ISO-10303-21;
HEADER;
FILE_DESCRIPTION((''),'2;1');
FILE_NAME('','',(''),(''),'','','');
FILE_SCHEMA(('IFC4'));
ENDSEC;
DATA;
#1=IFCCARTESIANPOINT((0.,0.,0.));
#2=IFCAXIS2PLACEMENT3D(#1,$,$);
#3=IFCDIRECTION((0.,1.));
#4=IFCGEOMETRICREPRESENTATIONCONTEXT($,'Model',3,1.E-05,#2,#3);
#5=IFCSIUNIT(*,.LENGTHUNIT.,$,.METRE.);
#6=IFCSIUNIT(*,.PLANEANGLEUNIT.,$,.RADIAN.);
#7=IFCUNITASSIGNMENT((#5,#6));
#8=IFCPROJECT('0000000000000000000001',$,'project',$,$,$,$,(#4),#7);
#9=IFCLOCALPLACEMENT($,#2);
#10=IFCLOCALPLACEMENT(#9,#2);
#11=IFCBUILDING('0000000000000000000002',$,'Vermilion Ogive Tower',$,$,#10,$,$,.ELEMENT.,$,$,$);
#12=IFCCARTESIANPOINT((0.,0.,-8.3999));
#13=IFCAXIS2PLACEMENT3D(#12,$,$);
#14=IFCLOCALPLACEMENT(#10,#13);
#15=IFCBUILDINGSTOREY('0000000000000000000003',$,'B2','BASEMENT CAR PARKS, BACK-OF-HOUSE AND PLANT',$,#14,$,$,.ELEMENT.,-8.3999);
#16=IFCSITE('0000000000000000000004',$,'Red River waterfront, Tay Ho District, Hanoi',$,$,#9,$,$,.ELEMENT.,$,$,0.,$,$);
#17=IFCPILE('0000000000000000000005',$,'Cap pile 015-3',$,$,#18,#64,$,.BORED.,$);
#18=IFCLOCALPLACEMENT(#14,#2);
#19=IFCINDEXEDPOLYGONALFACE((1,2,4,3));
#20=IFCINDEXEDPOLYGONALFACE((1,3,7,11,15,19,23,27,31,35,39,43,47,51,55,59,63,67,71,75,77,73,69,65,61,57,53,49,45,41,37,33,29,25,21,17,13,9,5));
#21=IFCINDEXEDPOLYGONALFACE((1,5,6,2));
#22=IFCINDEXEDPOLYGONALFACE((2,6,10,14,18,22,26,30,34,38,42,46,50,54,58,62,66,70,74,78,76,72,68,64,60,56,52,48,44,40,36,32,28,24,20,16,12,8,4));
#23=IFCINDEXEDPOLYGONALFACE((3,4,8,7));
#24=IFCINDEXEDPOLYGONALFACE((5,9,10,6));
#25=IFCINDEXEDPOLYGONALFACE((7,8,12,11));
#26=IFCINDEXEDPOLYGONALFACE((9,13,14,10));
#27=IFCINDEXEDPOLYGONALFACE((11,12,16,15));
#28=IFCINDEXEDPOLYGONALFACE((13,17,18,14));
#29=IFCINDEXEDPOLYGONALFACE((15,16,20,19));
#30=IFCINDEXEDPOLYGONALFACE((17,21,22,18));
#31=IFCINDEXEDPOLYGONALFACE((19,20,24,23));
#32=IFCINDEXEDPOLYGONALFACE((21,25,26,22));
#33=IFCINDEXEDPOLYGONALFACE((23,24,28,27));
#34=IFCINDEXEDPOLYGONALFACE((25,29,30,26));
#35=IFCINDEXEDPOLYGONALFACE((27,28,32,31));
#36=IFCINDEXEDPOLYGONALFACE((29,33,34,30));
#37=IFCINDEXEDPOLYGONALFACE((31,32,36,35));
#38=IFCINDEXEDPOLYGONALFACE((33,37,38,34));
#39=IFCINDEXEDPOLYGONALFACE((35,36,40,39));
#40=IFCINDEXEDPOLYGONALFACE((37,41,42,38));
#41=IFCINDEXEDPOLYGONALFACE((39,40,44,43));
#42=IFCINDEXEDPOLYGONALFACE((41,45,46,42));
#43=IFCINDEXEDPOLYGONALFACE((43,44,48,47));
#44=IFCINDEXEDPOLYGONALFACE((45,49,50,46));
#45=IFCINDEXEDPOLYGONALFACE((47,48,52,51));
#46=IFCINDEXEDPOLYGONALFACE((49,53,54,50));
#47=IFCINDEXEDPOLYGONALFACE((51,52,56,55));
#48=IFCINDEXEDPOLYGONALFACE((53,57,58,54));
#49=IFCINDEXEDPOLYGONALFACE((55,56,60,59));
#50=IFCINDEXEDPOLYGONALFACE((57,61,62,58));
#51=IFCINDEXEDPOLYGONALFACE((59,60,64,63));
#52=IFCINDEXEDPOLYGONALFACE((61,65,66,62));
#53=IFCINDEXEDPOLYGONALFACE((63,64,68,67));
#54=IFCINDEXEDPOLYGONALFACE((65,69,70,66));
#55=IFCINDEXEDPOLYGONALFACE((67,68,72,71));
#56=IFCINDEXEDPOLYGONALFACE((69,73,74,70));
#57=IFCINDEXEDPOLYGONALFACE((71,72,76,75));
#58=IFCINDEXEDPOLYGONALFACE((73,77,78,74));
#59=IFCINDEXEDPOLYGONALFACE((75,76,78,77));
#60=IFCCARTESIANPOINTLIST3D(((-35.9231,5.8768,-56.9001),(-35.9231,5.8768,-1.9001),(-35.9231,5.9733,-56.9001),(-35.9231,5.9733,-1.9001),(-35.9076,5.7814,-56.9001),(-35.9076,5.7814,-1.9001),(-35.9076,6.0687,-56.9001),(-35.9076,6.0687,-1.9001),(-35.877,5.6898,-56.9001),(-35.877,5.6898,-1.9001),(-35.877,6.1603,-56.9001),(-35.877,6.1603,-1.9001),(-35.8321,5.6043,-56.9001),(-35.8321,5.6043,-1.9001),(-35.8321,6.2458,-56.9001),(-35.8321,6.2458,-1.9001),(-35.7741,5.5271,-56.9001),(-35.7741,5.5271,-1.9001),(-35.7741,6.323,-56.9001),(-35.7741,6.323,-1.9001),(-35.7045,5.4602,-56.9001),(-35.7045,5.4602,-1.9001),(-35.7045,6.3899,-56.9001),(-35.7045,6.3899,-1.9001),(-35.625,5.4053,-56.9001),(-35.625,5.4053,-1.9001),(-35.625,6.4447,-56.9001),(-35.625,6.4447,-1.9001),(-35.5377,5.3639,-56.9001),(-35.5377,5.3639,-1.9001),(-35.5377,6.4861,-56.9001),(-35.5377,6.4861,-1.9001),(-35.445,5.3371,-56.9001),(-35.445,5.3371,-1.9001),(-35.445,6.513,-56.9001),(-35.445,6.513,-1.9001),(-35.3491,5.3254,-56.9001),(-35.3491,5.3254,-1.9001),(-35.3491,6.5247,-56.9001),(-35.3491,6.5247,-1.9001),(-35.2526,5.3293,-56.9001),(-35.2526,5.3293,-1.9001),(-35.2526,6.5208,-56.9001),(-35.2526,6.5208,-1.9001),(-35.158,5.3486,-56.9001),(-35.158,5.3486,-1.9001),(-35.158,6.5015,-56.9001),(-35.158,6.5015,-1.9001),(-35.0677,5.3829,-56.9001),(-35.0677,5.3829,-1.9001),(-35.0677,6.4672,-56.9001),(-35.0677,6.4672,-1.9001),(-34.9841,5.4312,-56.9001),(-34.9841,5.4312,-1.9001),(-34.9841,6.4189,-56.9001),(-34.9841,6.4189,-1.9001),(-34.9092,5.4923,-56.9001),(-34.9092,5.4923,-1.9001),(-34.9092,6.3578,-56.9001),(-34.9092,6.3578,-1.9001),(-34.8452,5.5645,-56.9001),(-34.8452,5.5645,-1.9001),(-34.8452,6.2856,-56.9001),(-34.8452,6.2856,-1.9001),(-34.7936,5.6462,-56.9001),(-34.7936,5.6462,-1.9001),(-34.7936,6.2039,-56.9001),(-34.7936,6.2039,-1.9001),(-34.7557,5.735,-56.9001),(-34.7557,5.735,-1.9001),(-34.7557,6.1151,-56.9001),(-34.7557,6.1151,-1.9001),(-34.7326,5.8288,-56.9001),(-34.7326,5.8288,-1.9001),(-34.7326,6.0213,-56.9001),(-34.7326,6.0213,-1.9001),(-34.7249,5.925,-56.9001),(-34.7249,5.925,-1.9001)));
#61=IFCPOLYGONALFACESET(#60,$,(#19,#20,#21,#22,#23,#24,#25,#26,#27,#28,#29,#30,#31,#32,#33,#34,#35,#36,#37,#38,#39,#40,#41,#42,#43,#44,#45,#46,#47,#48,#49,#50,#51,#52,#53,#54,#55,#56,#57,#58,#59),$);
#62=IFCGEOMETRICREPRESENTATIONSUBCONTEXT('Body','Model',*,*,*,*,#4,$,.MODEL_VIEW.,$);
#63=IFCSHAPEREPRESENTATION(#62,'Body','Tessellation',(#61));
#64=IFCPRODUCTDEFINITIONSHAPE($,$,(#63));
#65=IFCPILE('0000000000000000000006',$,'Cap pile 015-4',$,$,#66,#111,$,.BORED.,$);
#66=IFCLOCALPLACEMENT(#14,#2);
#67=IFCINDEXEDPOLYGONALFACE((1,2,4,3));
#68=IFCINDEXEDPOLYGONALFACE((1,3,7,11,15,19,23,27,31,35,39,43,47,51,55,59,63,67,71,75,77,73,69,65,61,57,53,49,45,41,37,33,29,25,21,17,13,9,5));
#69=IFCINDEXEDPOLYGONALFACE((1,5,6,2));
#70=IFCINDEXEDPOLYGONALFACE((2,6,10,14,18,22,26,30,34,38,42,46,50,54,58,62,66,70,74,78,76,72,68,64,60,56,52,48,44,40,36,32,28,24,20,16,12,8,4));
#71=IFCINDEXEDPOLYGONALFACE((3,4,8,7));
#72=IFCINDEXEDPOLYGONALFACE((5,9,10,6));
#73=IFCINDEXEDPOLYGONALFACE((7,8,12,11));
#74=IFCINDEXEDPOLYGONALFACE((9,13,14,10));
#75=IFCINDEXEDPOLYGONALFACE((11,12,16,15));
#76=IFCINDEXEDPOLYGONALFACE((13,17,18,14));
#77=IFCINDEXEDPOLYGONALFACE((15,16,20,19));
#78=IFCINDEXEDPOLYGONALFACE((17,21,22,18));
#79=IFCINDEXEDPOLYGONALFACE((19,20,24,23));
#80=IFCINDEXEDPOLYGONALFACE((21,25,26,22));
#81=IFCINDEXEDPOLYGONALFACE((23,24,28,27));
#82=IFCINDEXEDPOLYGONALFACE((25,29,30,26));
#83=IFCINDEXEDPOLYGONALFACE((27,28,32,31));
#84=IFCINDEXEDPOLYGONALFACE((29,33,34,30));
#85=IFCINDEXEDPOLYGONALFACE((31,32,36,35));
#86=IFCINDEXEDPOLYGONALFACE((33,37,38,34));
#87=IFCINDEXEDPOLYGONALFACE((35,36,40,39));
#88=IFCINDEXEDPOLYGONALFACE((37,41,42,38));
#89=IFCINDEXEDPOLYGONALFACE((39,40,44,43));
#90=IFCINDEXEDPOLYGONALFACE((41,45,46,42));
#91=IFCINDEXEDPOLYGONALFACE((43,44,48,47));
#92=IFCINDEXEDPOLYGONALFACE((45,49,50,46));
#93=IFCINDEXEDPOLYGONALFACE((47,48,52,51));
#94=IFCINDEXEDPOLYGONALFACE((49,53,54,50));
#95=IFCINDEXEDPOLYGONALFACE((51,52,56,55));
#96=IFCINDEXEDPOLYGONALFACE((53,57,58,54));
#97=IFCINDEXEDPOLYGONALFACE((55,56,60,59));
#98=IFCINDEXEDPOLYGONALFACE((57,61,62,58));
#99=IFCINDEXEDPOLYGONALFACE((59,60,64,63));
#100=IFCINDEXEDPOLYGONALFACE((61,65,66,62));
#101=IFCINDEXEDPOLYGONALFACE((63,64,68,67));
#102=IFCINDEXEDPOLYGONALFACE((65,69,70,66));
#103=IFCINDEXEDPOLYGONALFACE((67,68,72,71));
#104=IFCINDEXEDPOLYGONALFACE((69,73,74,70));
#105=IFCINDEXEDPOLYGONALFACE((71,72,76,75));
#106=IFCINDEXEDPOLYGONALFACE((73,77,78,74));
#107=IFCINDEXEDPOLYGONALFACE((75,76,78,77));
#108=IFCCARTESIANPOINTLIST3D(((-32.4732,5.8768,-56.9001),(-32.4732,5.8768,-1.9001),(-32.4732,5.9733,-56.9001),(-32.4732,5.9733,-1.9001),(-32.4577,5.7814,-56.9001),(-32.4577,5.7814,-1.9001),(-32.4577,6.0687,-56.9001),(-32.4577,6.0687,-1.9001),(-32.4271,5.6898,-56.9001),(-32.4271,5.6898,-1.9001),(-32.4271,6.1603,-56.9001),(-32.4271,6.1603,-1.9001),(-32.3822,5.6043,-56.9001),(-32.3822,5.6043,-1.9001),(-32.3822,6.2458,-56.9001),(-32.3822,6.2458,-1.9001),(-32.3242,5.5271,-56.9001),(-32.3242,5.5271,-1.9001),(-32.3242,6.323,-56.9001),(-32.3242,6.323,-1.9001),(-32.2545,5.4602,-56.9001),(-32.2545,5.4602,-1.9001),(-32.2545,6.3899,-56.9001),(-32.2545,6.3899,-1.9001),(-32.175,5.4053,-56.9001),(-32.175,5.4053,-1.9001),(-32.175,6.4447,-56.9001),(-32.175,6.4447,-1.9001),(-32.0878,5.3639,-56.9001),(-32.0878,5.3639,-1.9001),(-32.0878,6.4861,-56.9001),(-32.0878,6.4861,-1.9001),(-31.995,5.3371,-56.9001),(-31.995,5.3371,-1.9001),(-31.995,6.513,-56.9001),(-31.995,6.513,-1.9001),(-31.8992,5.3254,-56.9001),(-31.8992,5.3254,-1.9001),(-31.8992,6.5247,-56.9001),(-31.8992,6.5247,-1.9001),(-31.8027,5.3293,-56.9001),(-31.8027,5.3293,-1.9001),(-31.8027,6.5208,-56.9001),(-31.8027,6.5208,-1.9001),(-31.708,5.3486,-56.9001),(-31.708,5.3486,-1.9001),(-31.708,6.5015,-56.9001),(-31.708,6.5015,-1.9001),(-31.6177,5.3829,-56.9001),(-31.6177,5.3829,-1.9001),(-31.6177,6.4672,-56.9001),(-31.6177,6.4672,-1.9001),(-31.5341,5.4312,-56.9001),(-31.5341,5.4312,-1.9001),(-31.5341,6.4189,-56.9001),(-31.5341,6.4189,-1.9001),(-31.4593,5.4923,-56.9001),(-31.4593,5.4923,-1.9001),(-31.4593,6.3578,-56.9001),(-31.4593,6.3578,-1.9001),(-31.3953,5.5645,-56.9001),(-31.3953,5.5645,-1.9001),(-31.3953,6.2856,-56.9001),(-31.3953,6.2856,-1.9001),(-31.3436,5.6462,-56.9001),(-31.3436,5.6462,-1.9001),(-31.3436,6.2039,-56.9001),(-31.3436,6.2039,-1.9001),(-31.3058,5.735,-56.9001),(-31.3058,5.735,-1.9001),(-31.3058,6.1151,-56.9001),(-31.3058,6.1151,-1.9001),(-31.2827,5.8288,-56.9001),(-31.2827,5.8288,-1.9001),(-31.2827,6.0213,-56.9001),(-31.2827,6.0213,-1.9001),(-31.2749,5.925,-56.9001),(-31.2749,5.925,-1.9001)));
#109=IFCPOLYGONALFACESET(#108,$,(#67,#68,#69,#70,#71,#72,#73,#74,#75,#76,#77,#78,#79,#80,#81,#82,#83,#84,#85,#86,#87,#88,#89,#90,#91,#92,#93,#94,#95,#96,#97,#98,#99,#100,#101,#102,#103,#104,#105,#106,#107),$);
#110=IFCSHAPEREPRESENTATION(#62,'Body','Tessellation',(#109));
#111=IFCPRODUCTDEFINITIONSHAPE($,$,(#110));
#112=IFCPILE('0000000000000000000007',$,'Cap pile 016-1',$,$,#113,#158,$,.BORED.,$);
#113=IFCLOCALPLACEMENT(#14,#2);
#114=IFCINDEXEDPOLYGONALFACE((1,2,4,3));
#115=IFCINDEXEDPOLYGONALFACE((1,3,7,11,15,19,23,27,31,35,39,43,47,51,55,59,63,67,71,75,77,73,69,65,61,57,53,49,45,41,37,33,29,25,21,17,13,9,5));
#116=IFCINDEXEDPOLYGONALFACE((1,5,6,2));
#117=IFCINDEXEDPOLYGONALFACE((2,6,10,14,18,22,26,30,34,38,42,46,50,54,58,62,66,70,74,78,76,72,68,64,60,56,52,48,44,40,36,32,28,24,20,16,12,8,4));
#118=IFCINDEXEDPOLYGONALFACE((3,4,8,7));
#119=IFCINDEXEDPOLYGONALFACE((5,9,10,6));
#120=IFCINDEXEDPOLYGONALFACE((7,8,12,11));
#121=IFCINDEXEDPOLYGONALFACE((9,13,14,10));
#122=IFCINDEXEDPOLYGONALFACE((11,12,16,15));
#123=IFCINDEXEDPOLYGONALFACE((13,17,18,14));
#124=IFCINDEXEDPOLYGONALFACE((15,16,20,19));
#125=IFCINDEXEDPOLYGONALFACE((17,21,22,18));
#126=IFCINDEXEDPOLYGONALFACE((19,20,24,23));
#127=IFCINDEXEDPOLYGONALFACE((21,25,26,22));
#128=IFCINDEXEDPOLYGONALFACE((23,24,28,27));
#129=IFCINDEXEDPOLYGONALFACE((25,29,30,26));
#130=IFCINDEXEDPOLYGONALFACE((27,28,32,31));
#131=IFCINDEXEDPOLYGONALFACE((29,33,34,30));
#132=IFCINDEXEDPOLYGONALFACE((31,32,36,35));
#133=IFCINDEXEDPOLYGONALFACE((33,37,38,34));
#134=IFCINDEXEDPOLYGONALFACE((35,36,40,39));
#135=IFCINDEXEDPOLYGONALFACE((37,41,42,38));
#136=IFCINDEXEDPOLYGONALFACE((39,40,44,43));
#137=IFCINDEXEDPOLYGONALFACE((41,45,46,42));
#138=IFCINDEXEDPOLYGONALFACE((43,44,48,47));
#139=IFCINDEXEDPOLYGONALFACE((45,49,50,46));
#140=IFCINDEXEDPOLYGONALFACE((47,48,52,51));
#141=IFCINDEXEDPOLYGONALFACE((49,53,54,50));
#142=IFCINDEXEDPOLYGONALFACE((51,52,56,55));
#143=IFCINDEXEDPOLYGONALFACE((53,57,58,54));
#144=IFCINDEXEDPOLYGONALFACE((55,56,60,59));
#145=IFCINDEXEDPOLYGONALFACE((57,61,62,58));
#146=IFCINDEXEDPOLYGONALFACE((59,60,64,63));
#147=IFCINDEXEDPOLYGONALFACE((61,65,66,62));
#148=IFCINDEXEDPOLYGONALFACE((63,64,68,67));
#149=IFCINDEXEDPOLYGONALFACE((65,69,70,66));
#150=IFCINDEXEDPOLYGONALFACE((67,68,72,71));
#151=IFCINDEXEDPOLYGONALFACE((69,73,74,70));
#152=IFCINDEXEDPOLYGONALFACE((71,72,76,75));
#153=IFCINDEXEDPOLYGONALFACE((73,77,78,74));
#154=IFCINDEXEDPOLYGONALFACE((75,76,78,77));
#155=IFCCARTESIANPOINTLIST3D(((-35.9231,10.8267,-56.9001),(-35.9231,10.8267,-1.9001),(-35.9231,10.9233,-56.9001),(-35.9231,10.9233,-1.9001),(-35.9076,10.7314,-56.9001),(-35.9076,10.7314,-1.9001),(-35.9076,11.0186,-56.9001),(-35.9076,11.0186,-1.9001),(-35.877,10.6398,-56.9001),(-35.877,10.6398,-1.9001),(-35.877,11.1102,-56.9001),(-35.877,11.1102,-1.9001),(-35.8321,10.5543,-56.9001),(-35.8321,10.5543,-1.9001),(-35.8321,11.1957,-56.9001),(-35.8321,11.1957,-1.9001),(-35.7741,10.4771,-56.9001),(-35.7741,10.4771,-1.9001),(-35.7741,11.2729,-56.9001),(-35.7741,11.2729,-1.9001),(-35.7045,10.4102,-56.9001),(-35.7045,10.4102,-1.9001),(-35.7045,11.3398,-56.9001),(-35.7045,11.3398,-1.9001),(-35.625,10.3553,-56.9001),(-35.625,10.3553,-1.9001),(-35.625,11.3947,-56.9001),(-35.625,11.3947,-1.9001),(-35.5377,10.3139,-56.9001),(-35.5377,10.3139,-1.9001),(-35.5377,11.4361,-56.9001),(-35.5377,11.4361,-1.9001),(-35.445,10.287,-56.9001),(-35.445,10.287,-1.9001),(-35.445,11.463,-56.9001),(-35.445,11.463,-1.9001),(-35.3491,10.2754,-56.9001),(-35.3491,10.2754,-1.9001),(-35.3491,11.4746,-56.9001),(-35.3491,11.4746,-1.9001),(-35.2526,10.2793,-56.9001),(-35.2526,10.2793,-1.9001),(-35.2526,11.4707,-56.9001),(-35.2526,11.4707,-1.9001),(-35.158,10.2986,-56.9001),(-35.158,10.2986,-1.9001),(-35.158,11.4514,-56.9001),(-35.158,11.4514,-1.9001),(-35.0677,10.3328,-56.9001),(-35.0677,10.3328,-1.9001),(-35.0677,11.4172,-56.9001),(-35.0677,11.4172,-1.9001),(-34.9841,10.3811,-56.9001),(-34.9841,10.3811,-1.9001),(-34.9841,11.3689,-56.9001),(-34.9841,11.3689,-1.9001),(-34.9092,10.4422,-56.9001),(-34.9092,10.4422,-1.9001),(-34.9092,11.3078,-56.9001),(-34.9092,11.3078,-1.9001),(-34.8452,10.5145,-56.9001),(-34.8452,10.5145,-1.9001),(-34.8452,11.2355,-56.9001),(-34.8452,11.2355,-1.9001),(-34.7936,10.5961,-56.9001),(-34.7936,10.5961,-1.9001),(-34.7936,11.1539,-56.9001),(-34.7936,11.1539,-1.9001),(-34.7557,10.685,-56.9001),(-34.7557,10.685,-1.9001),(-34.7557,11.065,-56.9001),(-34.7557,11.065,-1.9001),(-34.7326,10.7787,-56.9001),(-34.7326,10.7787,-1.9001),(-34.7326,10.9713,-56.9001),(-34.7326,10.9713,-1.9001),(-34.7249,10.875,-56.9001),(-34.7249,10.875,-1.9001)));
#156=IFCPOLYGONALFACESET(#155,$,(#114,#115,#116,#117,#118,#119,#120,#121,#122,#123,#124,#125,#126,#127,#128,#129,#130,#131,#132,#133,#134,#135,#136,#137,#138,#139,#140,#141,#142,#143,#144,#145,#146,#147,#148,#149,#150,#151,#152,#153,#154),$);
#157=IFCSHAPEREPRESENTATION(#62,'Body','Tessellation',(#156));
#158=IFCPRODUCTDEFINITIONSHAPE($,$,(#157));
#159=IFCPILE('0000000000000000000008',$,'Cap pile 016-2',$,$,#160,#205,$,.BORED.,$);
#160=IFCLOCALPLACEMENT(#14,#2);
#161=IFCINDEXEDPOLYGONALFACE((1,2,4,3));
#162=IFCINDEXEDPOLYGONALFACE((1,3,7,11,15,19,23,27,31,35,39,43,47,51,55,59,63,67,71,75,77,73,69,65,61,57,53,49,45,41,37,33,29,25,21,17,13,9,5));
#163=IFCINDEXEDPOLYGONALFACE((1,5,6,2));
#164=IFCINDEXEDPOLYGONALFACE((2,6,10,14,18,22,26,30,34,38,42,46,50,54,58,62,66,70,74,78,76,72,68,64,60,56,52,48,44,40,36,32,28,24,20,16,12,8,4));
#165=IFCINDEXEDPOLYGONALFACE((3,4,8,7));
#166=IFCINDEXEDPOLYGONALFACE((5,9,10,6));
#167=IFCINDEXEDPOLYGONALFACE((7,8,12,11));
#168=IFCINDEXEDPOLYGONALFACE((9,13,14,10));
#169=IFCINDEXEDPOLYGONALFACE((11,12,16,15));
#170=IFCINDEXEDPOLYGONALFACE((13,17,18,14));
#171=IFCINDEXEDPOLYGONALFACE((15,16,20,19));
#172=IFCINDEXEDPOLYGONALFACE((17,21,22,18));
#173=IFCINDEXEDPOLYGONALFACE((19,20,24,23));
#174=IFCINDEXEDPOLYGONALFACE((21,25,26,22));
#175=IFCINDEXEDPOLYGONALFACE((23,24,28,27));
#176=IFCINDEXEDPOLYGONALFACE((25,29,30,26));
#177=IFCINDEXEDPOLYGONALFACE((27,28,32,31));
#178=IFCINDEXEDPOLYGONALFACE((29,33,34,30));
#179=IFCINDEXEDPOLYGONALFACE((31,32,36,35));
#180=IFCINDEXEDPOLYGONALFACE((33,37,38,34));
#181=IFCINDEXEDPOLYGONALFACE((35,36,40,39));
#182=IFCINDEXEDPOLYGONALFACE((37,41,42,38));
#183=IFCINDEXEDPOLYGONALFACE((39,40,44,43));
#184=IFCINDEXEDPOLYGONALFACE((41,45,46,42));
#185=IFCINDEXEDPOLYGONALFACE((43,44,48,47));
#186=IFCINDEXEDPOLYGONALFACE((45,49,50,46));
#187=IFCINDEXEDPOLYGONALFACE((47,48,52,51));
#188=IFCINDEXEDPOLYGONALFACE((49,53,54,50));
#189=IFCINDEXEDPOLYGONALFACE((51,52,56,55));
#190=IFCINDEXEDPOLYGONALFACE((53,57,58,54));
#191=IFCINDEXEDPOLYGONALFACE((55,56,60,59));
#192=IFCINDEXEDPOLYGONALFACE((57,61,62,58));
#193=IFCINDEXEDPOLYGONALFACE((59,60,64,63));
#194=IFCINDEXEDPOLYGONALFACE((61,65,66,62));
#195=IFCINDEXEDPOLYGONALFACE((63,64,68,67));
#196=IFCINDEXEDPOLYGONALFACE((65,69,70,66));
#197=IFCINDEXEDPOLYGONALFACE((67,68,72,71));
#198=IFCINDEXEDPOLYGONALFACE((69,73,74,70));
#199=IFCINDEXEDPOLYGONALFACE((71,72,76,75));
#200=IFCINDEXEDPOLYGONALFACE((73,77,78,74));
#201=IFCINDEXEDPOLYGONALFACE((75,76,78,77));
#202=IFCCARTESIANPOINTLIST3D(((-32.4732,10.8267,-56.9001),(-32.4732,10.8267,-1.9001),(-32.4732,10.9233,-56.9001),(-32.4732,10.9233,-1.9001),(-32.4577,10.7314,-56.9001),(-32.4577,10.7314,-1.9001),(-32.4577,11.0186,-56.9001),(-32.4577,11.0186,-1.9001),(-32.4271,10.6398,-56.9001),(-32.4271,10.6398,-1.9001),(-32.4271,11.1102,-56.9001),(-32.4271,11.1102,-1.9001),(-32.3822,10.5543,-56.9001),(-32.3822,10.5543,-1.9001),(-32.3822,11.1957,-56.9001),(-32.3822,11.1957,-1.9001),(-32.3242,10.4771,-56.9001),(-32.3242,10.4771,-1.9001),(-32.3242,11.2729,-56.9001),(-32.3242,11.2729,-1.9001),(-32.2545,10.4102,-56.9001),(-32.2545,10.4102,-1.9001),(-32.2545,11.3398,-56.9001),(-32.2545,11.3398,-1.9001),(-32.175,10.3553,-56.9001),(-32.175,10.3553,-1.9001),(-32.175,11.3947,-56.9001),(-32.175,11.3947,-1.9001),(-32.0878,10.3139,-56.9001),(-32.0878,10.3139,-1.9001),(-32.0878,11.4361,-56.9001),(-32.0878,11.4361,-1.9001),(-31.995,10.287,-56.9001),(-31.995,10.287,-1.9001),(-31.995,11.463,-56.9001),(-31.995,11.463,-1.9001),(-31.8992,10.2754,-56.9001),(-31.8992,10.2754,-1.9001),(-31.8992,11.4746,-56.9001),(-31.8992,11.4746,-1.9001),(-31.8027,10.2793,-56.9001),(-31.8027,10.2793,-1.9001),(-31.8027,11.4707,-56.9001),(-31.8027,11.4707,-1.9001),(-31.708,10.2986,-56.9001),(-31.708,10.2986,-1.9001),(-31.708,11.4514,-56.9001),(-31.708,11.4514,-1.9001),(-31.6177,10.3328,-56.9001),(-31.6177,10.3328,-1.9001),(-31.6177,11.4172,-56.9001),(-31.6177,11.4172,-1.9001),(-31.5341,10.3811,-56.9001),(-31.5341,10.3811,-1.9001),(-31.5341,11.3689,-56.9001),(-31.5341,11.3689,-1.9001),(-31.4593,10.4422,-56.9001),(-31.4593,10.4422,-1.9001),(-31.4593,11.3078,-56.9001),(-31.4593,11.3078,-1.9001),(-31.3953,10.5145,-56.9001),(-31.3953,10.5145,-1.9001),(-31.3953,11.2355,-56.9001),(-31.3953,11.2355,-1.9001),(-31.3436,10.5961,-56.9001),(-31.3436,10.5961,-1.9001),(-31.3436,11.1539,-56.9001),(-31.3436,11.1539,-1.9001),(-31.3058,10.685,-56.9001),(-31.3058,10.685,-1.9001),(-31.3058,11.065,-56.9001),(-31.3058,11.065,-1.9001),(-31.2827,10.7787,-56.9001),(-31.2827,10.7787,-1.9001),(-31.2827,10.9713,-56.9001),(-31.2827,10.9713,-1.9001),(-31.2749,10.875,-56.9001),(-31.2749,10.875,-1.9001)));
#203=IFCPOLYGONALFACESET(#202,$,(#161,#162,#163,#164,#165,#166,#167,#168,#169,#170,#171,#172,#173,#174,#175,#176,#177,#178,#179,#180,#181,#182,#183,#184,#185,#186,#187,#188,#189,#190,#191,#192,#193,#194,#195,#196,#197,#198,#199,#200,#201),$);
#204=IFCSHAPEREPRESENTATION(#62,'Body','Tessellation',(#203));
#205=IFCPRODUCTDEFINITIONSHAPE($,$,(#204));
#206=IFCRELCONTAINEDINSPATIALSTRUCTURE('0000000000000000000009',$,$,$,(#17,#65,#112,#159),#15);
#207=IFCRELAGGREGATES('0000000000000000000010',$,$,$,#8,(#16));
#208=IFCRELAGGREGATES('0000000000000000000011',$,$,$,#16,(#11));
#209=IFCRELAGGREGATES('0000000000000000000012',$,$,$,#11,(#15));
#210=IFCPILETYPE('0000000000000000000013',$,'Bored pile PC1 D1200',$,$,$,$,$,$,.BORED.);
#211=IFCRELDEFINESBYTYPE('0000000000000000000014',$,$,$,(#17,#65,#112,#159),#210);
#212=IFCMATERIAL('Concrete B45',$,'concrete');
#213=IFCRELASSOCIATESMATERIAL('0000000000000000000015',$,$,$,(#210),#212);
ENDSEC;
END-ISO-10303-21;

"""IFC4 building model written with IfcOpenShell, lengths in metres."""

from ifc_helpers import new_model, si_unit, direction, frame, origin, origin_2d, place, context, subcontext, project, spatial, circle, extrude, material, type_object, element, save


model = new_model("IFC4")

# Units and contexts
model_context = context("Model", 3, precision=1e-05, world=origin(), true_north=direction((0.0, 1.0)))
body_context = subcontext(model_context, "Body", "Model", "MODEL_VIEW")
ifc_project = project(units=[si_unit("LENGTHUNIT", "METRE"), si_unit("PLANEANGLEUNIT", "RADIAN")], contexts=[model_context])

# Site, building, storey
site_placement = place(None, origin())
site = spatial("IfcSite", under=ifc_project, at=site_placement, Name="Red River waterfront, Tay Ho District, Hanoi", CompositionType="ELEMENT", RefElevation=0.0)
building_placement = place(site_placement, origin())
building = spatial("IfcBuilding", under=site, at=building_placement, Name="Vermilion Ogive Tower", CompositionType="ELEMENT")
storey_placement = place(building_placement, frame((0.0, 0.0, -8.3999)))
storey = spatial("IfcBuildingStorey", under=building, at=storey_placement, Name="B2", Description="BASEMENT CAR PARKS, BACK-OF-HOUSE AND PLANT", CompositionType="ELEMENT", Elevation=-8.3999)

# Piles
ifc_material_1 = material(Name="Concrete B45", Category="concrete")
pile_type_1 = type_object("IfcPileType", Name="Bored pile PC1 D1200", PredefinedType="BORED", material=ifc_material_1)
for number, where, z_axis, x_axis, name in (
    (1, (-35.325, 5.925, -1.9001), (0.0, 0.0, -1.0), (1.0, 0.0, 0.0), "Cap pile 015-3"),
    (2, (-31.875, 5.925, -1.9001), (0.0, 0.0, -1.0), (1.0, 0.0, 0.0), "Cap pile 015-4"),
    (3, (-35.325, 10.875, -1.9001), (0.0, 0.0, -1.0), (1.0, 0.0, 0.0), "Cap pile 016-1"),
    (4, (-31.875, 10.875, -1.9001), (0.0, 0.0, -1.0), (1.0, 0.0, 0.0), "Cap pile 016-2"),
):
    element("IfcPile", number, at=place(storey_placement, frame(where, z_axis=z_axis, x_axis=x_axis)), inside=storey, type_object=pile_type_1, Name=name, PredefinedType="BORED", context=body_context, shape_type="SweptSolid", body=[
        extrude(circle(Radius=0.6001, at=origin_2d()), origin(), (0.0, 0.0, 1.0), 55.0),
    ])

save(model, "model.ifc")
